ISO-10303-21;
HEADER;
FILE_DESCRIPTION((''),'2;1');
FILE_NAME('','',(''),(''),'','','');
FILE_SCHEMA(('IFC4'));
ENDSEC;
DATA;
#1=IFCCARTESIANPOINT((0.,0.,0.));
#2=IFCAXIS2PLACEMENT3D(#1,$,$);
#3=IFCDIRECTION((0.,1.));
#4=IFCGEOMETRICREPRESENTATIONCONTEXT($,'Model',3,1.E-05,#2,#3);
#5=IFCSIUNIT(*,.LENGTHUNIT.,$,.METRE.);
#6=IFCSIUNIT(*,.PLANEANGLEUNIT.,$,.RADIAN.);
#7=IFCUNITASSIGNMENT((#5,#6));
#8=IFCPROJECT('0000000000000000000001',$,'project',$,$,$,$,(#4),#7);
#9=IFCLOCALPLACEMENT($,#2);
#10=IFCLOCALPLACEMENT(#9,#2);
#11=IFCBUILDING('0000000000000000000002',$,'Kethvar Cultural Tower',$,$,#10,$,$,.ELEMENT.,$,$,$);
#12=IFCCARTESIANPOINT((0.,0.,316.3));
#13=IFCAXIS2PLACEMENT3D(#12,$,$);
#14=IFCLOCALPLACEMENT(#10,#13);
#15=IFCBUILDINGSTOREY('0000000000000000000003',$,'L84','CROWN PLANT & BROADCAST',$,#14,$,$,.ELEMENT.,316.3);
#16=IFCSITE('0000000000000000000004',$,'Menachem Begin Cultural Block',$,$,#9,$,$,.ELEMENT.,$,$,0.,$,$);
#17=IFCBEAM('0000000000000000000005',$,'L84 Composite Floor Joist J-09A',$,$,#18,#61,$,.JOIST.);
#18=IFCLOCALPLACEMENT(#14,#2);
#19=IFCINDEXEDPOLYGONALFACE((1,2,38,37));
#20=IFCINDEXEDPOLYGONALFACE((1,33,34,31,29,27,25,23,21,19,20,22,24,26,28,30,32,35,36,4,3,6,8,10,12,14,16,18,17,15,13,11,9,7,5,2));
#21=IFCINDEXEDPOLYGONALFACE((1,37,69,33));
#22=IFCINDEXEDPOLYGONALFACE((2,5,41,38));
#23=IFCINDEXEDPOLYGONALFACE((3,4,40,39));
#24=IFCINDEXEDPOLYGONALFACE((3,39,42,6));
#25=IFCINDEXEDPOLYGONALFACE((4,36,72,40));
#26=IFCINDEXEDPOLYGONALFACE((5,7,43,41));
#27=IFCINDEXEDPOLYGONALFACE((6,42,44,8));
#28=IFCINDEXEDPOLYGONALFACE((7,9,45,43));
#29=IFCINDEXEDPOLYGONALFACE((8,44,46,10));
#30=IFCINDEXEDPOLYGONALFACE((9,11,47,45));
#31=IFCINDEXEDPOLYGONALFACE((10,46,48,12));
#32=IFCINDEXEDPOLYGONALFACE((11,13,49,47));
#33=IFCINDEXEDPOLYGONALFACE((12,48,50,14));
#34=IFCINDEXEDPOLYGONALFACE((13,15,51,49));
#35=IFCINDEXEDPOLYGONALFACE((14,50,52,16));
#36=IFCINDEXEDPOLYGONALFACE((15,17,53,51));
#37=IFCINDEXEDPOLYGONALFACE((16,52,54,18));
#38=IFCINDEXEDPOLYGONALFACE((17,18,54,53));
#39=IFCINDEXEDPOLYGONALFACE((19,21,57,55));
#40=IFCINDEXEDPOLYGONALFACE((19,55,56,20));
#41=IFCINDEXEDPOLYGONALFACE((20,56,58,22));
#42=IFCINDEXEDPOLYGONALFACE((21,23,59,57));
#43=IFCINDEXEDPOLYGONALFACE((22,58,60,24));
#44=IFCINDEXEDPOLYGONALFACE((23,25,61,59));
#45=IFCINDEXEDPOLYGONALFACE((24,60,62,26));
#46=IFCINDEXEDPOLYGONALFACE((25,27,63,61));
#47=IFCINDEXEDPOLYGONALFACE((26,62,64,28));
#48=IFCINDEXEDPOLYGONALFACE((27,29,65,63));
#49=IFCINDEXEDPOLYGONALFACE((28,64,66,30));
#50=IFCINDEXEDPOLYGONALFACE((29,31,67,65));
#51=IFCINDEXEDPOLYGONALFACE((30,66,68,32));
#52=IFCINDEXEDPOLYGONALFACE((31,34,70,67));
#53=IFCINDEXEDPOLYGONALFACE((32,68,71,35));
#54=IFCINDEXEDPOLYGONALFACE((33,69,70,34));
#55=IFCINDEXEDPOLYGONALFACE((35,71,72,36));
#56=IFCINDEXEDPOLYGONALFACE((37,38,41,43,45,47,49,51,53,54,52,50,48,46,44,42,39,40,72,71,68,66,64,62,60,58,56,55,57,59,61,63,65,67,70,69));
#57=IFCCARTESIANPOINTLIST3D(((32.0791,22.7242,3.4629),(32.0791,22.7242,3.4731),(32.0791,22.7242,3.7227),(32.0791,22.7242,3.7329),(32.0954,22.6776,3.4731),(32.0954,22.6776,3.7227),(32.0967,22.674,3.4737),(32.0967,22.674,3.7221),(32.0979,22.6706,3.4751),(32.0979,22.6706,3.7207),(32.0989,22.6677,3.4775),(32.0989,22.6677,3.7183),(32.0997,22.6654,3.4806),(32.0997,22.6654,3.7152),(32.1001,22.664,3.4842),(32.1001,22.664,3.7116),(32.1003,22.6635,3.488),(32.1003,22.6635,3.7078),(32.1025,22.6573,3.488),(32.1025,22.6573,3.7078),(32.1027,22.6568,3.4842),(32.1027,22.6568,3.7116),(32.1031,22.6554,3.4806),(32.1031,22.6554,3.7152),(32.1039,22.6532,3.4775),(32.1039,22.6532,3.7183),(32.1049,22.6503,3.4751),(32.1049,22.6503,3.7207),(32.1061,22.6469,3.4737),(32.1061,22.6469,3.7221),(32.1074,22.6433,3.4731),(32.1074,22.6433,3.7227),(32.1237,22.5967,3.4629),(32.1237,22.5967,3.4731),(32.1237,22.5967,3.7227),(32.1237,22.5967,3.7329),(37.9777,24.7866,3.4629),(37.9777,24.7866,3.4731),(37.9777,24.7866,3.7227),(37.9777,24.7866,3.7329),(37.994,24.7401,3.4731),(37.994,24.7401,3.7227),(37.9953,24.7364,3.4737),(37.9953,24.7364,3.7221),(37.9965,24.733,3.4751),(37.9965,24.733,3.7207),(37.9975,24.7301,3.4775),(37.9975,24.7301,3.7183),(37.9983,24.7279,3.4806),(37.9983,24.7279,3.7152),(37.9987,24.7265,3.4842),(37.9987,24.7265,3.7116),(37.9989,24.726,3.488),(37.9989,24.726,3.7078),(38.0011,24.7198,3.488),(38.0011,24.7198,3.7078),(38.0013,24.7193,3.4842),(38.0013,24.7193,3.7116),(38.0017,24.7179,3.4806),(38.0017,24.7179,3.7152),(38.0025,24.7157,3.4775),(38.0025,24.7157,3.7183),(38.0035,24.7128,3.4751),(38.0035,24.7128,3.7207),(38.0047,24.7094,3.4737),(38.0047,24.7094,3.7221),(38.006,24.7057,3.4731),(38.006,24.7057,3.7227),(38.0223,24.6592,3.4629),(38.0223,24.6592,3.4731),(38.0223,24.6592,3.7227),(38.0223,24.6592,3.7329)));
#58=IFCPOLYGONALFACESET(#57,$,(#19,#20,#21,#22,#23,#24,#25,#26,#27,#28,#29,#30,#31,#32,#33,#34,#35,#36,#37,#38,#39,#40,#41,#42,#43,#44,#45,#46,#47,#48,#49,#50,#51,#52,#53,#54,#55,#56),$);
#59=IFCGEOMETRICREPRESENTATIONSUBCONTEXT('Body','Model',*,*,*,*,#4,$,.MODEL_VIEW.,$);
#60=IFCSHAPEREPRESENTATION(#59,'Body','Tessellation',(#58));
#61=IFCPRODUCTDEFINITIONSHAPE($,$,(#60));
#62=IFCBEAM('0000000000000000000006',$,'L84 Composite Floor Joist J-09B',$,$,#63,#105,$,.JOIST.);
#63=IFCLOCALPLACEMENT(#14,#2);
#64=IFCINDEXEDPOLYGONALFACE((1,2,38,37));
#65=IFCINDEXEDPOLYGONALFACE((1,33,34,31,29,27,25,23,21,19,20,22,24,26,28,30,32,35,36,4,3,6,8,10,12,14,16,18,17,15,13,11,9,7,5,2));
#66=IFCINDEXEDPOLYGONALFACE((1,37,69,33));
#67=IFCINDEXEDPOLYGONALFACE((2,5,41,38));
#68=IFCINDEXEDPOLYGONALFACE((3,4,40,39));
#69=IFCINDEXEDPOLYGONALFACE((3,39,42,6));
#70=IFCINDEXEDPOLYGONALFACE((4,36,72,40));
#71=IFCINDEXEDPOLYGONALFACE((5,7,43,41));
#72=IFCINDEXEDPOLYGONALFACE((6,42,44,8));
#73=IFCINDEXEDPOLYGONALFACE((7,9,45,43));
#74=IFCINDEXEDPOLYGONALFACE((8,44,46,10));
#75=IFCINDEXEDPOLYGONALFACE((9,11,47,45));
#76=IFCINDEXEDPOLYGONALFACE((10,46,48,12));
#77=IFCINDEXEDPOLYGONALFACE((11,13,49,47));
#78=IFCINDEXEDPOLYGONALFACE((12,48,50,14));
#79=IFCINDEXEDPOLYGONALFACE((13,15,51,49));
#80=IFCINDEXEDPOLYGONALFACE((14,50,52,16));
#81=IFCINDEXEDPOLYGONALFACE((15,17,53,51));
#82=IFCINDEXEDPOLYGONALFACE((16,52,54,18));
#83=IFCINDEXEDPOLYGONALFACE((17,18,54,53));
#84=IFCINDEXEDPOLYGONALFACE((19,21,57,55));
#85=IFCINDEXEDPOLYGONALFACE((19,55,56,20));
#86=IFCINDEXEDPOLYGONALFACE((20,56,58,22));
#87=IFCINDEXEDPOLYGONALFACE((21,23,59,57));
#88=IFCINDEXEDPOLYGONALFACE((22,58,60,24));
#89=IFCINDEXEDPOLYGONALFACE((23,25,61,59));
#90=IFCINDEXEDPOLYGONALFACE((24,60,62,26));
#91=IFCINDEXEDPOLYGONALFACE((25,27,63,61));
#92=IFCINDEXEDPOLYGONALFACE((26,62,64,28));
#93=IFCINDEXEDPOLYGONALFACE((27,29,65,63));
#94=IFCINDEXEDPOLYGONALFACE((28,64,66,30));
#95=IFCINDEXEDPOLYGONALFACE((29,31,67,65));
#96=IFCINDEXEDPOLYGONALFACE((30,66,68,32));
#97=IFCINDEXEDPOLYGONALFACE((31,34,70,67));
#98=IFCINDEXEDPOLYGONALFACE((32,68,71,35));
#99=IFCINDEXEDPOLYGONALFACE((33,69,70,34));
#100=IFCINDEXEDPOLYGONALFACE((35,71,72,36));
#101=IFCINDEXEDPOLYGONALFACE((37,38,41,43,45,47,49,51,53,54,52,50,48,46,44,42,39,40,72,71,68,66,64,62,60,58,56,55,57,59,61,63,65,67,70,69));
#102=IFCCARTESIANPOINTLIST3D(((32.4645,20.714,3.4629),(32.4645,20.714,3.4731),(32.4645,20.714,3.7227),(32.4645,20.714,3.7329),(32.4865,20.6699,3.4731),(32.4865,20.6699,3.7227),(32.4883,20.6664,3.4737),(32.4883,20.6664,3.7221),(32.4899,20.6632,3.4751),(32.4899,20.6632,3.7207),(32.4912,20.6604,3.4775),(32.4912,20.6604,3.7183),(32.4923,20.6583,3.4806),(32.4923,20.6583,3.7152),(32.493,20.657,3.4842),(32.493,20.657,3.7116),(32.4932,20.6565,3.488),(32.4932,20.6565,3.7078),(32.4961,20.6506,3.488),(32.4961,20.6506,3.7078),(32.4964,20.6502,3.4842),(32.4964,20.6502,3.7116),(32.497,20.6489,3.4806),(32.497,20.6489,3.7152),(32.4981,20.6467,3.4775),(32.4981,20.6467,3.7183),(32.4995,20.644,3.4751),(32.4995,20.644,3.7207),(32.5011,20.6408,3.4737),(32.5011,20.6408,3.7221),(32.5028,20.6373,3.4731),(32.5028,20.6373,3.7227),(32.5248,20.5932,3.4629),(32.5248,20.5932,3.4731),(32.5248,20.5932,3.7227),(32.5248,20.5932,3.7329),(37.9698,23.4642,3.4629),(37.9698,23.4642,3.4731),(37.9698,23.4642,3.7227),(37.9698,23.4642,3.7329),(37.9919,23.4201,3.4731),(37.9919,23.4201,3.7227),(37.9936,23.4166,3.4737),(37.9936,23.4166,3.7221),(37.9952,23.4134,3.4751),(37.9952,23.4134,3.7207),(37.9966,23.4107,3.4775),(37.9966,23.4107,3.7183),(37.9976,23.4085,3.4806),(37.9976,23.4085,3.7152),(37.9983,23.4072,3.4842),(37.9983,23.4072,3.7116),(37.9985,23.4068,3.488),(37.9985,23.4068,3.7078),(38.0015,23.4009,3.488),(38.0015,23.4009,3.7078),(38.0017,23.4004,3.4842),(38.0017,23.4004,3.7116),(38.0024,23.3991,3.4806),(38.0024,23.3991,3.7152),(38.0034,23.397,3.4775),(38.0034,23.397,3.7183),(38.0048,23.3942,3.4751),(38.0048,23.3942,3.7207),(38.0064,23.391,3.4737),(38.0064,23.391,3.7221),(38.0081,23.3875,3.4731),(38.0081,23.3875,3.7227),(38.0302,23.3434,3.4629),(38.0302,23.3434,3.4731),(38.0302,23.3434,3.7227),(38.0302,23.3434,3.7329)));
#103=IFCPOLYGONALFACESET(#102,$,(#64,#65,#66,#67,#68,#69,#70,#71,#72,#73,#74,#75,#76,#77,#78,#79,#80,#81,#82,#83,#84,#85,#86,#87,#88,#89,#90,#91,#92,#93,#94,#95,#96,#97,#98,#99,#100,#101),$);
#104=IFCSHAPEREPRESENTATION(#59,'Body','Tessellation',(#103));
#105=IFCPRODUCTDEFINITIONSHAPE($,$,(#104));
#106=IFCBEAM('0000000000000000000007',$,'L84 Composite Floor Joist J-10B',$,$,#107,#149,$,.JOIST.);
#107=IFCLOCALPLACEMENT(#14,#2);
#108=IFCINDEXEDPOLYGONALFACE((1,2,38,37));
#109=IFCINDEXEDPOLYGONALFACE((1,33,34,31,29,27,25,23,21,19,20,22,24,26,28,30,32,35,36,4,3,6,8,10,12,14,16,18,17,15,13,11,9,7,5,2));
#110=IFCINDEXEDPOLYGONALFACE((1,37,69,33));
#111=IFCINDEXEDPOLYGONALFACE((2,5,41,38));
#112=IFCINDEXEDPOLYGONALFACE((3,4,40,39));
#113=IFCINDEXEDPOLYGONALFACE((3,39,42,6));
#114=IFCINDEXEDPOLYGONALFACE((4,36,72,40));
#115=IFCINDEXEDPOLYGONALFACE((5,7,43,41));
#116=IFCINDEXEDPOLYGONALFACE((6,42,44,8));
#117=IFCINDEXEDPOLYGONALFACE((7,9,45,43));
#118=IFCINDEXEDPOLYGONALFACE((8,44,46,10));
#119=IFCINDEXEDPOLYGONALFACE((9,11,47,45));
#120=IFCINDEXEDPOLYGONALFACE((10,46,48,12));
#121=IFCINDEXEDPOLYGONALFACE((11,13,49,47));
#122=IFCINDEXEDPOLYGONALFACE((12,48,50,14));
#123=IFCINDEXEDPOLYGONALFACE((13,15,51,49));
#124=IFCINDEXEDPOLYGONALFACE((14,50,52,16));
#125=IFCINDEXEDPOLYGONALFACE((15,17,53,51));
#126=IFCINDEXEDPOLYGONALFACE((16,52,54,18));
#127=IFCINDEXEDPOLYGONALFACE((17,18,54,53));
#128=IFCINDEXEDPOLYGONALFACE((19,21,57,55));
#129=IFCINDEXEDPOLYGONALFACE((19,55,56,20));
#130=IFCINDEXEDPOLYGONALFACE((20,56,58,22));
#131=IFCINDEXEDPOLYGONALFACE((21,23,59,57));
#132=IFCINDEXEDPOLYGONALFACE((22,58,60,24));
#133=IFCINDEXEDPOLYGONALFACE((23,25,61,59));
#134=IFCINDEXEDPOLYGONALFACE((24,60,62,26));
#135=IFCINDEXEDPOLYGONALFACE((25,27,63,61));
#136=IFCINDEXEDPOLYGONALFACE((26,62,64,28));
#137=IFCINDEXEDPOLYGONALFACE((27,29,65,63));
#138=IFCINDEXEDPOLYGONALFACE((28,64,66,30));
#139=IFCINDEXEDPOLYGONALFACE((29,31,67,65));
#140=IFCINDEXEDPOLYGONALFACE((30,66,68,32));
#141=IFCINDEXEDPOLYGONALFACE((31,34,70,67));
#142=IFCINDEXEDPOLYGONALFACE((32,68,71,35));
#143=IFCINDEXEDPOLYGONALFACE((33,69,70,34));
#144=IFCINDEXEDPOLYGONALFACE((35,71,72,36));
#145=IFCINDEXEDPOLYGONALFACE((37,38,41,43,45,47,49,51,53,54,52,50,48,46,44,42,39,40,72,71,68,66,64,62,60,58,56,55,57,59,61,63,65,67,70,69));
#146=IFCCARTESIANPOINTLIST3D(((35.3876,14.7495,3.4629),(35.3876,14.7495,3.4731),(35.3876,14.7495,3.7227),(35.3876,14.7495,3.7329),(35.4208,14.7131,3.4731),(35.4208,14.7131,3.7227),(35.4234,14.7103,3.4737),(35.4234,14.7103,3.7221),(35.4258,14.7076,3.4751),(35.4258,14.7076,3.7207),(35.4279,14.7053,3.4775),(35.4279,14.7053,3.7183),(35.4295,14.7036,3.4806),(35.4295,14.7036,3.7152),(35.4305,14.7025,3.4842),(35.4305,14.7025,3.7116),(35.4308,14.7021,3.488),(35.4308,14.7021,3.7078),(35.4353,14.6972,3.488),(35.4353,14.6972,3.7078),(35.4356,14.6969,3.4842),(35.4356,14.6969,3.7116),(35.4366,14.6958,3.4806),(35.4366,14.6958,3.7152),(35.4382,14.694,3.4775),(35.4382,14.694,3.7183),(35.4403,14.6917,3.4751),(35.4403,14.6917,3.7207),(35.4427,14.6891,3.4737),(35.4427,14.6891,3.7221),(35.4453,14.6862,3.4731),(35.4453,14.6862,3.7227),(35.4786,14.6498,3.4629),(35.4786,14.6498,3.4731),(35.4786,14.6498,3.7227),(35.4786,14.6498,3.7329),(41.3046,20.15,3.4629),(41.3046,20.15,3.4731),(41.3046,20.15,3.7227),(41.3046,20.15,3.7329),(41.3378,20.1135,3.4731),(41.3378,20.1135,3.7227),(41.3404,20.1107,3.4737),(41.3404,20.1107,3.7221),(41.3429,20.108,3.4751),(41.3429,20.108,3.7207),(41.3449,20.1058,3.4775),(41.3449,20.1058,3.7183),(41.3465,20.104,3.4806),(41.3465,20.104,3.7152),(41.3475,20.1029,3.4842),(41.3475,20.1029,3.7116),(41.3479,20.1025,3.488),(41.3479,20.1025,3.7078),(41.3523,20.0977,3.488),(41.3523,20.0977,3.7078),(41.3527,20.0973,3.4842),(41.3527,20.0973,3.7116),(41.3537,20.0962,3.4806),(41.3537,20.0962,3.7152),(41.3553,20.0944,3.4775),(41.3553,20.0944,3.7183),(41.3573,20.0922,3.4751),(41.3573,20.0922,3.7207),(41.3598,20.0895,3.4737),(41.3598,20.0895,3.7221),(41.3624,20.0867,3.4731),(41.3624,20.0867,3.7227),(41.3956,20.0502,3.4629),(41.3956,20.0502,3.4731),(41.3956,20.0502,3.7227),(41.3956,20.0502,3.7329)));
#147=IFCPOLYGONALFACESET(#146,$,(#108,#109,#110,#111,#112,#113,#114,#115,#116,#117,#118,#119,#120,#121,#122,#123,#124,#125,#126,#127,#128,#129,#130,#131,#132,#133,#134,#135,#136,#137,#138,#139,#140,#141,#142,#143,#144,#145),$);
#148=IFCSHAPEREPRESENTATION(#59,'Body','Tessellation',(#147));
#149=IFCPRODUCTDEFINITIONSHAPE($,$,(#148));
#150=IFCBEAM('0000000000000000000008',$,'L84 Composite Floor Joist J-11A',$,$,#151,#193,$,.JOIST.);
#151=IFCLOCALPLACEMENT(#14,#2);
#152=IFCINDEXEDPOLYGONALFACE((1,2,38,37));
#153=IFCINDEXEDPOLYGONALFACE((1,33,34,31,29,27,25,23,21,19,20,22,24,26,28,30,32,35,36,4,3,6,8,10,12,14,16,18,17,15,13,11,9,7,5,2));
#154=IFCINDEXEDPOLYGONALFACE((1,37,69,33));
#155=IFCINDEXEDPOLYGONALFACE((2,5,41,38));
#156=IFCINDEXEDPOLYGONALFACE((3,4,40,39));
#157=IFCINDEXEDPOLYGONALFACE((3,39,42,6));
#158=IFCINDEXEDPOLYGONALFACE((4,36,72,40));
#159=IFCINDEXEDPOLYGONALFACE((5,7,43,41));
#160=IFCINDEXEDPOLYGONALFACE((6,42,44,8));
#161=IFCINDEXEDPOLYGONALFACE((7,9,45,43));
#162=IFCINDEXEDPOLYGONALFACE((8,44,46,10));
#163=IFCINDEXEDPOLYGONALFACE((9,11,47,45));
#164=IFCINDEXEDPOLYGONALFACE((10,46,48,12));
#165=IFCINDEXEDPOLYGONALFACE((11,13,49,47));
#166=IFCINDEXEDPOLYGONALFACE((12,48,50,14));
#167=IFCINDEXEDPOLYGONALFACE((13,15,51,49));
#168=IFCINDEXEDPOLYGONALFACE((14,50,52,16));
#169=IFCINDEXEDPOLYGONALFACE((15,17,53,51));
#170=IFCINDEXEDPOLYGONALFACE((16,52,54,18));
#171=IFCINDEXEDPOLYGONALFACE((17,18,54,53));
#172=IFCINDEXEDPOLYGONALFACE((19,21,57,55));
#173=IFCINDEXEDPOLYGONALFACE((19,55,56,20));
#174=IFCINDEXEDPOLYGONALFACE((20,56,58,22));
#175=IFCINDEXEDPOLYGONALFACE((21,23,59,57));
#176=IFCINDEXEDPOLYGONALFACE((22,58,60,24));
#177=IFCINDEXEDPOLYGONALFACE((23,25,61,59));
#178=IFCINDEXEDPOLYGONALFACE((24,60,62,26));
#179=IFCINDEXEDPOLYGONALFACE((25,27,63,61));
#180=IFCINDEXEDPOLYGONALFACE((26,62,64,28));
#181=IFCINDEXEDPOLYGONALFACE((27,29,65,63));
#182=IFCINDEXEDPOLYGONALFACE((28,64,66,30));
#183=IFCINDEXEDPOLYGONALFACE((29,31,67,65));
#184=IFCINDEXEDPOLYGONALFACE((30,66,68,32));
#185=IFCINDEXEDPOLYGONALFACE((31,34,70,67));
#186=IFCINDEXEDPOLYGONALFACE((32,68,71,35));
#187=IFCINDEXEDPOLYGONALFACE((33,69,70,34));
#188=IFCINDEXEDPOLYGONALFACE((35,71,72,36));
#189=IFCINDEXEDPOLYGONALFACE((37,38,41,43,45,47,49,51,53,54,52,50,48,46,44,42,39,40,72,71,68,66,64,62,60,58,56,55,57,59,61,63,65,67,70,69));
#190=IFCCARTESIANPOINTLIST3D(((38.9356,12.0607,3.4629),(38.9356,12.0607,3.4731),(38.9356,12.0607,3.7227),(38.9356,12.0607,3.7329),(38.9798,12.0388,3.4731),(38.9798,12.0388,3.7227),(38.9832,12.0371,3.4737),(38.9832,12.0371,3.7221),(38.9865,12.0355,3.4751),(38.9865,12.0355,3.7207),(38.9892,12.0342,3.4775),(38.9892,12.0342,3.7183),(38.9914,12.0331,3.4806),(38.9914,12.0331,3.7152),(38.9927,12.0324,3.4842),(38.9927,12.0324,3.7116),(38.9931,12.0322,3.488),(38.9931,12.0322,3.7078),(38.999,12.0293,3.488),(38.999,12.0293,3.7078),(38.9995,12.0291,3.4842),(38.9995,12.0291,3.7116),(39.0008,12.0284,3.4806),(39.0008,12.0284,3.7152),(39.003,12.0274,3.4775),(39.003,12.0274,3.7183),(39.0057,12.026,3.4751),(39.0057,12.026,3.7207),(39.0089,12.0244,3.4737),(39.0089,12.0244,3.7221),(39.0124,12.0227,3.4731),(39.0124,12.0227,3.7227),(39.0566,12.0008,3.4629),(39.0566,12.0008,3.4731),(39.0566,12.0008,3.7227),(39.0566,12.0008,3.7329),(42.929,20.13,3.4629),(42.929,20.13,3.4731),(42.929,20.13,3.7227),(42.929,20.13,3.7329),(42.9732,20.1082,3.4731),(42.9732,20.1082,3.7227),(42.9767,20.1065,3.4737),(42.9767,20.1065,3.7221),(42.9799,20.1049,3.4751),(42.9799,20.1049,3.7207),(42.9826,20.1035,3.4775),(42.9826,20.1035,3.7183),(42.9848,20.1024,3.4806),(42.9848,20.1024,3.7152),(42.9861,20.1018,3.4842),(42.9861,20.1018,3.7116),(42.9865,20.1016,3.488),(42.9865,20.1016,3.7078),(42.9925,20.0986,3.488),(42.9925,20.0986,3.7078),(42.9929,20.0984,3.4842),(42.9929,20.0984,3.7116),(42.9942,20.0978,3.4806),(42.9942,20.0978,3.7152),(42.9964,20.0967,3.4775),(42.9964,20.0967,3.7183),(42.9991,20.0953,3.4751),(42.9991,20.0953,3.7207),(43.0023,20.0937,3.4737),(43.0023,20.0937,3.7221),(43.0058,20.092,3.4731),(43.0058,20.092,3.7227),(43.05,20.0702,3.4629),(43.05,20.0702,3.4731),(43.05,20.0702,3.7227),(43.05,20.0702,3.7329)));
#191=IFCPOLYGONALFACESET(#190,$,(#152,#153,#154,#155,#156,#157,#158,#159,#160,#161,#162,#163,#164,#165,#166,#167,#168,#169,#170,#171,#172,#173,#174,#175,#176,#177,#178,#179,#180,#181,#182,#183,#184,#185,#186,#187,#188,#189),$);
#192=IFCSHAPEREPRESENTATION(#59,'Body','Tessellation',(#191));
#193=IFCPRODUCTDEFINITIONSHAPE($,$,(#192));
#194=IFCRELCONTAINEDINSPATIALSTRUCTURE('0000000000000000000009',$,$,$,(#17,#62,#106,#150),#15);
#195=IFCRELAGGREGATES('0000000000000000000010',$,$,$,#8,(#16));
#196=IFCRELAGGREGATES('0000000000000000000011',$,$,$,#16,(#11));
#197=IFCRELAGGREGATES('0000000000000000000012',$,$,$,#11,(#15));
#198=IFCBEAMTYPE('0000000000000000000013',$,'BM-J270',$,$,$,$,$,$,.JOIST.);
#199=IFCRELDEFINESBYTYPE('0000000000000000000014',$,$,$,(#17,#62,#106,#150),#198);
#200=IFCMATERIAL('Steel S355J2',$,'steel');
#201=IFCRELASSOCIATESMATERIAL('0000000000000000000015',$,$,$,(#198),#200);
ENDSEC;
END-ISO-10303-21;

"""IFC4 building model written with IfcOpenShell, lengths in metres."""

from ifc_helpers import new_model, si_unit, direction, frame, origin, origin_2d, place, context, subcontext, project, spatial, i_section, extrude, source, transform, mapped, material, material_profile, profile_set, type_object, element, save


model = new_model("IFC4")

# Units and contexts
model_context = context("Model", 3, precision=1e-05, world=origin(), true_north=direction((0.0, 1.0)))
body_context = subcontext(model_context, "Body", "Model", "MODEL_VIEW")
ifc_project = project(units=[si_unit("LENGTHUNIT", "METRE"), si_unit("PLANEANGLEUNIT", "RADIAN")], contexts=[model_context])

# Site, building, storey
site_placement = place(None, origin())
site = spatial("IfcSite", under=ifc_project, at=site_placement, Name="Menachem Begin Cultural Block", CompositionType="ELEMENT", RefElevation=0.0)
building_placement = place(site_placement, origin())
building = spatial("IfcBuilding", under=site, at=building_placement, Name="Kethvar Cultural Tower", CompositionType="ELEMENT")
storey_placement = place(building_placement, frame((0.0, 0.0, 316.3)))
storey = spatial("IfcBuildingStorey", under=building, at=storey_placement, Name="L84", Description="CROWN PLANT & BROADCAST", CompositionType="ELEMENT", Elevation=316.3)

# Beams
ifc_material_1 = material(Name="Steel S355J2", Category="steel")
ifc_material_profile_1 = material_profile(ifc_material_1, i_section(OverallWidth=0.135, OverallDepth=0.27, WebThickness=0.0066, FlangeThickness=0.0103, FilletRadius=0.0149, at=origin_2d()), Name="Steel S355J2 — IPE270")
ifc_profile_set_1 = profile_set([ifc_material_profile_1], Name="Steel S355J2 — IPE270")
beam_type_1 = type_object("IfcBeamType", Name="BM-J270", PredefinedType="JOIST", material=ifc_profile_set_1)
shared_shape_1 = source(origin(), body_context, "Body", "SweptSolid", [
    extrude(i_section(OverallWidth=0.135, OverallDepth=0.27, WebThickness=0.0066, FlangeThickness=0.0103, FilletRadius=0.0149, at=origin_2d()), origin(), (0.0, 0.0, 1.0), 6.2488),
])
beam_1_placement = place(storey_placement, frame((38.0, 24.7229, 3.5979), z_axis=(-0.94396, -0.33006, 0.0), x_axis=(0.33006, -0.94396, 0.0)))
element("IfcBeam", 1, at=beam_1_placement, inside=storey, type_object=beam_type_1, Name="L84 Composite Floor Joist J-09A", PredefinedType="JOIST", context=body_context, shape_type="MappedRepresentation", body=[
    mapped(shared_shape_1, transform((0.0, 0.0, 0.0), scale=1.0)),
])
shared_shape_2 = source(origin(), body_context, "Body", "SweptSolid", [
    extrude(i_section(OverallWidth=0.135, OverallDepth=0.27, WebThickness=0.0066, FlangeThickness=0.0103, FilletRadius=0.0149, at=origin_2d()), origin(), (0.0, 0.0, 1.0), 6.1541),
])
beam_2_placement = place(storey_placement, frame((38.0, 23.4038, 3.5979), z_axis=(-0.894586, -0.446896, 0.0), x_axis=(0.446896, -0.894586, 0.0)))
element("IfcBeam", 2, at=beam_2_placement, inside=storey, type_object=beam_type_1, Name="L84 Composite Floor Joist J-09B", PredefinedType="JOIST", context=body_context, shape_type="MappedRepresentation", body=[
    mapped(shared_shape_2, transform((0.0, 0.0, 0.0), scale=1.0)),
])
shared_shape_3 = source(origin(), body_context, "Body", "SweptSolid", [
    extrude(i_section(OverallWidth=0.135, OverallDepth=0.27, WebThickness=0.0066, FlangeThickness=0.0103, FilletRadius=0.0149, at=origin_2d()), origin(), (0.0, 0.0, 1.0), 8.011),
])
beam_3_placement = place(storey_placement, frame((41.3501, 20.1001, 3.5979), z_axis=(-0.738615, -0.674128, 0.0), x_axis=(0.674128, -0.738615, 0.0)))
element("IfcBeam", 3, at=beam_3_placement, inside=storey, type_object=beam_type_1, Name="L84 Composite Floor Joist J-10B", PredefinedType="JOIST", context=body_context, shape_type="MappedRepresentation", body=[
    mapped(shared_shape_3, transform((0.0, 0.0, 0.0), scale=1.0)),
])
shared_shape_4 = source(origin(), body_context, "Body", "SweptSolid", [
    extrude(i_section(OverallWidth=0.135, OverallDepth=0.27, WebThickness=0.0066, FlangeThickness=0.0103, FilletRadius=0.0149, at=origin_2d()), origin(), (0.0, 0.0, 1.0), 9.0034),
])
beam_4_placement = place(storey_placement, frame((42.9895, 20.1001, 3.5979), z_axis=(-0.443544, -0.896253, 0.0), x_axis=(0.896253, -0.443544, 0.0)))
element("IfcBeam", 4, at=beam_4_placement, inside=storey, type_object=beam_type_1, Name="L84 Composite Floor Joist J-11A", PredefinedType="JOIST", context=body_context, shape_type="MappedRepresentation", body=[
    mapped(shared_shape_4, transform((0.0, 0.0, 0.0), scale=1.0)),
])

save(model, "model.ifc")
